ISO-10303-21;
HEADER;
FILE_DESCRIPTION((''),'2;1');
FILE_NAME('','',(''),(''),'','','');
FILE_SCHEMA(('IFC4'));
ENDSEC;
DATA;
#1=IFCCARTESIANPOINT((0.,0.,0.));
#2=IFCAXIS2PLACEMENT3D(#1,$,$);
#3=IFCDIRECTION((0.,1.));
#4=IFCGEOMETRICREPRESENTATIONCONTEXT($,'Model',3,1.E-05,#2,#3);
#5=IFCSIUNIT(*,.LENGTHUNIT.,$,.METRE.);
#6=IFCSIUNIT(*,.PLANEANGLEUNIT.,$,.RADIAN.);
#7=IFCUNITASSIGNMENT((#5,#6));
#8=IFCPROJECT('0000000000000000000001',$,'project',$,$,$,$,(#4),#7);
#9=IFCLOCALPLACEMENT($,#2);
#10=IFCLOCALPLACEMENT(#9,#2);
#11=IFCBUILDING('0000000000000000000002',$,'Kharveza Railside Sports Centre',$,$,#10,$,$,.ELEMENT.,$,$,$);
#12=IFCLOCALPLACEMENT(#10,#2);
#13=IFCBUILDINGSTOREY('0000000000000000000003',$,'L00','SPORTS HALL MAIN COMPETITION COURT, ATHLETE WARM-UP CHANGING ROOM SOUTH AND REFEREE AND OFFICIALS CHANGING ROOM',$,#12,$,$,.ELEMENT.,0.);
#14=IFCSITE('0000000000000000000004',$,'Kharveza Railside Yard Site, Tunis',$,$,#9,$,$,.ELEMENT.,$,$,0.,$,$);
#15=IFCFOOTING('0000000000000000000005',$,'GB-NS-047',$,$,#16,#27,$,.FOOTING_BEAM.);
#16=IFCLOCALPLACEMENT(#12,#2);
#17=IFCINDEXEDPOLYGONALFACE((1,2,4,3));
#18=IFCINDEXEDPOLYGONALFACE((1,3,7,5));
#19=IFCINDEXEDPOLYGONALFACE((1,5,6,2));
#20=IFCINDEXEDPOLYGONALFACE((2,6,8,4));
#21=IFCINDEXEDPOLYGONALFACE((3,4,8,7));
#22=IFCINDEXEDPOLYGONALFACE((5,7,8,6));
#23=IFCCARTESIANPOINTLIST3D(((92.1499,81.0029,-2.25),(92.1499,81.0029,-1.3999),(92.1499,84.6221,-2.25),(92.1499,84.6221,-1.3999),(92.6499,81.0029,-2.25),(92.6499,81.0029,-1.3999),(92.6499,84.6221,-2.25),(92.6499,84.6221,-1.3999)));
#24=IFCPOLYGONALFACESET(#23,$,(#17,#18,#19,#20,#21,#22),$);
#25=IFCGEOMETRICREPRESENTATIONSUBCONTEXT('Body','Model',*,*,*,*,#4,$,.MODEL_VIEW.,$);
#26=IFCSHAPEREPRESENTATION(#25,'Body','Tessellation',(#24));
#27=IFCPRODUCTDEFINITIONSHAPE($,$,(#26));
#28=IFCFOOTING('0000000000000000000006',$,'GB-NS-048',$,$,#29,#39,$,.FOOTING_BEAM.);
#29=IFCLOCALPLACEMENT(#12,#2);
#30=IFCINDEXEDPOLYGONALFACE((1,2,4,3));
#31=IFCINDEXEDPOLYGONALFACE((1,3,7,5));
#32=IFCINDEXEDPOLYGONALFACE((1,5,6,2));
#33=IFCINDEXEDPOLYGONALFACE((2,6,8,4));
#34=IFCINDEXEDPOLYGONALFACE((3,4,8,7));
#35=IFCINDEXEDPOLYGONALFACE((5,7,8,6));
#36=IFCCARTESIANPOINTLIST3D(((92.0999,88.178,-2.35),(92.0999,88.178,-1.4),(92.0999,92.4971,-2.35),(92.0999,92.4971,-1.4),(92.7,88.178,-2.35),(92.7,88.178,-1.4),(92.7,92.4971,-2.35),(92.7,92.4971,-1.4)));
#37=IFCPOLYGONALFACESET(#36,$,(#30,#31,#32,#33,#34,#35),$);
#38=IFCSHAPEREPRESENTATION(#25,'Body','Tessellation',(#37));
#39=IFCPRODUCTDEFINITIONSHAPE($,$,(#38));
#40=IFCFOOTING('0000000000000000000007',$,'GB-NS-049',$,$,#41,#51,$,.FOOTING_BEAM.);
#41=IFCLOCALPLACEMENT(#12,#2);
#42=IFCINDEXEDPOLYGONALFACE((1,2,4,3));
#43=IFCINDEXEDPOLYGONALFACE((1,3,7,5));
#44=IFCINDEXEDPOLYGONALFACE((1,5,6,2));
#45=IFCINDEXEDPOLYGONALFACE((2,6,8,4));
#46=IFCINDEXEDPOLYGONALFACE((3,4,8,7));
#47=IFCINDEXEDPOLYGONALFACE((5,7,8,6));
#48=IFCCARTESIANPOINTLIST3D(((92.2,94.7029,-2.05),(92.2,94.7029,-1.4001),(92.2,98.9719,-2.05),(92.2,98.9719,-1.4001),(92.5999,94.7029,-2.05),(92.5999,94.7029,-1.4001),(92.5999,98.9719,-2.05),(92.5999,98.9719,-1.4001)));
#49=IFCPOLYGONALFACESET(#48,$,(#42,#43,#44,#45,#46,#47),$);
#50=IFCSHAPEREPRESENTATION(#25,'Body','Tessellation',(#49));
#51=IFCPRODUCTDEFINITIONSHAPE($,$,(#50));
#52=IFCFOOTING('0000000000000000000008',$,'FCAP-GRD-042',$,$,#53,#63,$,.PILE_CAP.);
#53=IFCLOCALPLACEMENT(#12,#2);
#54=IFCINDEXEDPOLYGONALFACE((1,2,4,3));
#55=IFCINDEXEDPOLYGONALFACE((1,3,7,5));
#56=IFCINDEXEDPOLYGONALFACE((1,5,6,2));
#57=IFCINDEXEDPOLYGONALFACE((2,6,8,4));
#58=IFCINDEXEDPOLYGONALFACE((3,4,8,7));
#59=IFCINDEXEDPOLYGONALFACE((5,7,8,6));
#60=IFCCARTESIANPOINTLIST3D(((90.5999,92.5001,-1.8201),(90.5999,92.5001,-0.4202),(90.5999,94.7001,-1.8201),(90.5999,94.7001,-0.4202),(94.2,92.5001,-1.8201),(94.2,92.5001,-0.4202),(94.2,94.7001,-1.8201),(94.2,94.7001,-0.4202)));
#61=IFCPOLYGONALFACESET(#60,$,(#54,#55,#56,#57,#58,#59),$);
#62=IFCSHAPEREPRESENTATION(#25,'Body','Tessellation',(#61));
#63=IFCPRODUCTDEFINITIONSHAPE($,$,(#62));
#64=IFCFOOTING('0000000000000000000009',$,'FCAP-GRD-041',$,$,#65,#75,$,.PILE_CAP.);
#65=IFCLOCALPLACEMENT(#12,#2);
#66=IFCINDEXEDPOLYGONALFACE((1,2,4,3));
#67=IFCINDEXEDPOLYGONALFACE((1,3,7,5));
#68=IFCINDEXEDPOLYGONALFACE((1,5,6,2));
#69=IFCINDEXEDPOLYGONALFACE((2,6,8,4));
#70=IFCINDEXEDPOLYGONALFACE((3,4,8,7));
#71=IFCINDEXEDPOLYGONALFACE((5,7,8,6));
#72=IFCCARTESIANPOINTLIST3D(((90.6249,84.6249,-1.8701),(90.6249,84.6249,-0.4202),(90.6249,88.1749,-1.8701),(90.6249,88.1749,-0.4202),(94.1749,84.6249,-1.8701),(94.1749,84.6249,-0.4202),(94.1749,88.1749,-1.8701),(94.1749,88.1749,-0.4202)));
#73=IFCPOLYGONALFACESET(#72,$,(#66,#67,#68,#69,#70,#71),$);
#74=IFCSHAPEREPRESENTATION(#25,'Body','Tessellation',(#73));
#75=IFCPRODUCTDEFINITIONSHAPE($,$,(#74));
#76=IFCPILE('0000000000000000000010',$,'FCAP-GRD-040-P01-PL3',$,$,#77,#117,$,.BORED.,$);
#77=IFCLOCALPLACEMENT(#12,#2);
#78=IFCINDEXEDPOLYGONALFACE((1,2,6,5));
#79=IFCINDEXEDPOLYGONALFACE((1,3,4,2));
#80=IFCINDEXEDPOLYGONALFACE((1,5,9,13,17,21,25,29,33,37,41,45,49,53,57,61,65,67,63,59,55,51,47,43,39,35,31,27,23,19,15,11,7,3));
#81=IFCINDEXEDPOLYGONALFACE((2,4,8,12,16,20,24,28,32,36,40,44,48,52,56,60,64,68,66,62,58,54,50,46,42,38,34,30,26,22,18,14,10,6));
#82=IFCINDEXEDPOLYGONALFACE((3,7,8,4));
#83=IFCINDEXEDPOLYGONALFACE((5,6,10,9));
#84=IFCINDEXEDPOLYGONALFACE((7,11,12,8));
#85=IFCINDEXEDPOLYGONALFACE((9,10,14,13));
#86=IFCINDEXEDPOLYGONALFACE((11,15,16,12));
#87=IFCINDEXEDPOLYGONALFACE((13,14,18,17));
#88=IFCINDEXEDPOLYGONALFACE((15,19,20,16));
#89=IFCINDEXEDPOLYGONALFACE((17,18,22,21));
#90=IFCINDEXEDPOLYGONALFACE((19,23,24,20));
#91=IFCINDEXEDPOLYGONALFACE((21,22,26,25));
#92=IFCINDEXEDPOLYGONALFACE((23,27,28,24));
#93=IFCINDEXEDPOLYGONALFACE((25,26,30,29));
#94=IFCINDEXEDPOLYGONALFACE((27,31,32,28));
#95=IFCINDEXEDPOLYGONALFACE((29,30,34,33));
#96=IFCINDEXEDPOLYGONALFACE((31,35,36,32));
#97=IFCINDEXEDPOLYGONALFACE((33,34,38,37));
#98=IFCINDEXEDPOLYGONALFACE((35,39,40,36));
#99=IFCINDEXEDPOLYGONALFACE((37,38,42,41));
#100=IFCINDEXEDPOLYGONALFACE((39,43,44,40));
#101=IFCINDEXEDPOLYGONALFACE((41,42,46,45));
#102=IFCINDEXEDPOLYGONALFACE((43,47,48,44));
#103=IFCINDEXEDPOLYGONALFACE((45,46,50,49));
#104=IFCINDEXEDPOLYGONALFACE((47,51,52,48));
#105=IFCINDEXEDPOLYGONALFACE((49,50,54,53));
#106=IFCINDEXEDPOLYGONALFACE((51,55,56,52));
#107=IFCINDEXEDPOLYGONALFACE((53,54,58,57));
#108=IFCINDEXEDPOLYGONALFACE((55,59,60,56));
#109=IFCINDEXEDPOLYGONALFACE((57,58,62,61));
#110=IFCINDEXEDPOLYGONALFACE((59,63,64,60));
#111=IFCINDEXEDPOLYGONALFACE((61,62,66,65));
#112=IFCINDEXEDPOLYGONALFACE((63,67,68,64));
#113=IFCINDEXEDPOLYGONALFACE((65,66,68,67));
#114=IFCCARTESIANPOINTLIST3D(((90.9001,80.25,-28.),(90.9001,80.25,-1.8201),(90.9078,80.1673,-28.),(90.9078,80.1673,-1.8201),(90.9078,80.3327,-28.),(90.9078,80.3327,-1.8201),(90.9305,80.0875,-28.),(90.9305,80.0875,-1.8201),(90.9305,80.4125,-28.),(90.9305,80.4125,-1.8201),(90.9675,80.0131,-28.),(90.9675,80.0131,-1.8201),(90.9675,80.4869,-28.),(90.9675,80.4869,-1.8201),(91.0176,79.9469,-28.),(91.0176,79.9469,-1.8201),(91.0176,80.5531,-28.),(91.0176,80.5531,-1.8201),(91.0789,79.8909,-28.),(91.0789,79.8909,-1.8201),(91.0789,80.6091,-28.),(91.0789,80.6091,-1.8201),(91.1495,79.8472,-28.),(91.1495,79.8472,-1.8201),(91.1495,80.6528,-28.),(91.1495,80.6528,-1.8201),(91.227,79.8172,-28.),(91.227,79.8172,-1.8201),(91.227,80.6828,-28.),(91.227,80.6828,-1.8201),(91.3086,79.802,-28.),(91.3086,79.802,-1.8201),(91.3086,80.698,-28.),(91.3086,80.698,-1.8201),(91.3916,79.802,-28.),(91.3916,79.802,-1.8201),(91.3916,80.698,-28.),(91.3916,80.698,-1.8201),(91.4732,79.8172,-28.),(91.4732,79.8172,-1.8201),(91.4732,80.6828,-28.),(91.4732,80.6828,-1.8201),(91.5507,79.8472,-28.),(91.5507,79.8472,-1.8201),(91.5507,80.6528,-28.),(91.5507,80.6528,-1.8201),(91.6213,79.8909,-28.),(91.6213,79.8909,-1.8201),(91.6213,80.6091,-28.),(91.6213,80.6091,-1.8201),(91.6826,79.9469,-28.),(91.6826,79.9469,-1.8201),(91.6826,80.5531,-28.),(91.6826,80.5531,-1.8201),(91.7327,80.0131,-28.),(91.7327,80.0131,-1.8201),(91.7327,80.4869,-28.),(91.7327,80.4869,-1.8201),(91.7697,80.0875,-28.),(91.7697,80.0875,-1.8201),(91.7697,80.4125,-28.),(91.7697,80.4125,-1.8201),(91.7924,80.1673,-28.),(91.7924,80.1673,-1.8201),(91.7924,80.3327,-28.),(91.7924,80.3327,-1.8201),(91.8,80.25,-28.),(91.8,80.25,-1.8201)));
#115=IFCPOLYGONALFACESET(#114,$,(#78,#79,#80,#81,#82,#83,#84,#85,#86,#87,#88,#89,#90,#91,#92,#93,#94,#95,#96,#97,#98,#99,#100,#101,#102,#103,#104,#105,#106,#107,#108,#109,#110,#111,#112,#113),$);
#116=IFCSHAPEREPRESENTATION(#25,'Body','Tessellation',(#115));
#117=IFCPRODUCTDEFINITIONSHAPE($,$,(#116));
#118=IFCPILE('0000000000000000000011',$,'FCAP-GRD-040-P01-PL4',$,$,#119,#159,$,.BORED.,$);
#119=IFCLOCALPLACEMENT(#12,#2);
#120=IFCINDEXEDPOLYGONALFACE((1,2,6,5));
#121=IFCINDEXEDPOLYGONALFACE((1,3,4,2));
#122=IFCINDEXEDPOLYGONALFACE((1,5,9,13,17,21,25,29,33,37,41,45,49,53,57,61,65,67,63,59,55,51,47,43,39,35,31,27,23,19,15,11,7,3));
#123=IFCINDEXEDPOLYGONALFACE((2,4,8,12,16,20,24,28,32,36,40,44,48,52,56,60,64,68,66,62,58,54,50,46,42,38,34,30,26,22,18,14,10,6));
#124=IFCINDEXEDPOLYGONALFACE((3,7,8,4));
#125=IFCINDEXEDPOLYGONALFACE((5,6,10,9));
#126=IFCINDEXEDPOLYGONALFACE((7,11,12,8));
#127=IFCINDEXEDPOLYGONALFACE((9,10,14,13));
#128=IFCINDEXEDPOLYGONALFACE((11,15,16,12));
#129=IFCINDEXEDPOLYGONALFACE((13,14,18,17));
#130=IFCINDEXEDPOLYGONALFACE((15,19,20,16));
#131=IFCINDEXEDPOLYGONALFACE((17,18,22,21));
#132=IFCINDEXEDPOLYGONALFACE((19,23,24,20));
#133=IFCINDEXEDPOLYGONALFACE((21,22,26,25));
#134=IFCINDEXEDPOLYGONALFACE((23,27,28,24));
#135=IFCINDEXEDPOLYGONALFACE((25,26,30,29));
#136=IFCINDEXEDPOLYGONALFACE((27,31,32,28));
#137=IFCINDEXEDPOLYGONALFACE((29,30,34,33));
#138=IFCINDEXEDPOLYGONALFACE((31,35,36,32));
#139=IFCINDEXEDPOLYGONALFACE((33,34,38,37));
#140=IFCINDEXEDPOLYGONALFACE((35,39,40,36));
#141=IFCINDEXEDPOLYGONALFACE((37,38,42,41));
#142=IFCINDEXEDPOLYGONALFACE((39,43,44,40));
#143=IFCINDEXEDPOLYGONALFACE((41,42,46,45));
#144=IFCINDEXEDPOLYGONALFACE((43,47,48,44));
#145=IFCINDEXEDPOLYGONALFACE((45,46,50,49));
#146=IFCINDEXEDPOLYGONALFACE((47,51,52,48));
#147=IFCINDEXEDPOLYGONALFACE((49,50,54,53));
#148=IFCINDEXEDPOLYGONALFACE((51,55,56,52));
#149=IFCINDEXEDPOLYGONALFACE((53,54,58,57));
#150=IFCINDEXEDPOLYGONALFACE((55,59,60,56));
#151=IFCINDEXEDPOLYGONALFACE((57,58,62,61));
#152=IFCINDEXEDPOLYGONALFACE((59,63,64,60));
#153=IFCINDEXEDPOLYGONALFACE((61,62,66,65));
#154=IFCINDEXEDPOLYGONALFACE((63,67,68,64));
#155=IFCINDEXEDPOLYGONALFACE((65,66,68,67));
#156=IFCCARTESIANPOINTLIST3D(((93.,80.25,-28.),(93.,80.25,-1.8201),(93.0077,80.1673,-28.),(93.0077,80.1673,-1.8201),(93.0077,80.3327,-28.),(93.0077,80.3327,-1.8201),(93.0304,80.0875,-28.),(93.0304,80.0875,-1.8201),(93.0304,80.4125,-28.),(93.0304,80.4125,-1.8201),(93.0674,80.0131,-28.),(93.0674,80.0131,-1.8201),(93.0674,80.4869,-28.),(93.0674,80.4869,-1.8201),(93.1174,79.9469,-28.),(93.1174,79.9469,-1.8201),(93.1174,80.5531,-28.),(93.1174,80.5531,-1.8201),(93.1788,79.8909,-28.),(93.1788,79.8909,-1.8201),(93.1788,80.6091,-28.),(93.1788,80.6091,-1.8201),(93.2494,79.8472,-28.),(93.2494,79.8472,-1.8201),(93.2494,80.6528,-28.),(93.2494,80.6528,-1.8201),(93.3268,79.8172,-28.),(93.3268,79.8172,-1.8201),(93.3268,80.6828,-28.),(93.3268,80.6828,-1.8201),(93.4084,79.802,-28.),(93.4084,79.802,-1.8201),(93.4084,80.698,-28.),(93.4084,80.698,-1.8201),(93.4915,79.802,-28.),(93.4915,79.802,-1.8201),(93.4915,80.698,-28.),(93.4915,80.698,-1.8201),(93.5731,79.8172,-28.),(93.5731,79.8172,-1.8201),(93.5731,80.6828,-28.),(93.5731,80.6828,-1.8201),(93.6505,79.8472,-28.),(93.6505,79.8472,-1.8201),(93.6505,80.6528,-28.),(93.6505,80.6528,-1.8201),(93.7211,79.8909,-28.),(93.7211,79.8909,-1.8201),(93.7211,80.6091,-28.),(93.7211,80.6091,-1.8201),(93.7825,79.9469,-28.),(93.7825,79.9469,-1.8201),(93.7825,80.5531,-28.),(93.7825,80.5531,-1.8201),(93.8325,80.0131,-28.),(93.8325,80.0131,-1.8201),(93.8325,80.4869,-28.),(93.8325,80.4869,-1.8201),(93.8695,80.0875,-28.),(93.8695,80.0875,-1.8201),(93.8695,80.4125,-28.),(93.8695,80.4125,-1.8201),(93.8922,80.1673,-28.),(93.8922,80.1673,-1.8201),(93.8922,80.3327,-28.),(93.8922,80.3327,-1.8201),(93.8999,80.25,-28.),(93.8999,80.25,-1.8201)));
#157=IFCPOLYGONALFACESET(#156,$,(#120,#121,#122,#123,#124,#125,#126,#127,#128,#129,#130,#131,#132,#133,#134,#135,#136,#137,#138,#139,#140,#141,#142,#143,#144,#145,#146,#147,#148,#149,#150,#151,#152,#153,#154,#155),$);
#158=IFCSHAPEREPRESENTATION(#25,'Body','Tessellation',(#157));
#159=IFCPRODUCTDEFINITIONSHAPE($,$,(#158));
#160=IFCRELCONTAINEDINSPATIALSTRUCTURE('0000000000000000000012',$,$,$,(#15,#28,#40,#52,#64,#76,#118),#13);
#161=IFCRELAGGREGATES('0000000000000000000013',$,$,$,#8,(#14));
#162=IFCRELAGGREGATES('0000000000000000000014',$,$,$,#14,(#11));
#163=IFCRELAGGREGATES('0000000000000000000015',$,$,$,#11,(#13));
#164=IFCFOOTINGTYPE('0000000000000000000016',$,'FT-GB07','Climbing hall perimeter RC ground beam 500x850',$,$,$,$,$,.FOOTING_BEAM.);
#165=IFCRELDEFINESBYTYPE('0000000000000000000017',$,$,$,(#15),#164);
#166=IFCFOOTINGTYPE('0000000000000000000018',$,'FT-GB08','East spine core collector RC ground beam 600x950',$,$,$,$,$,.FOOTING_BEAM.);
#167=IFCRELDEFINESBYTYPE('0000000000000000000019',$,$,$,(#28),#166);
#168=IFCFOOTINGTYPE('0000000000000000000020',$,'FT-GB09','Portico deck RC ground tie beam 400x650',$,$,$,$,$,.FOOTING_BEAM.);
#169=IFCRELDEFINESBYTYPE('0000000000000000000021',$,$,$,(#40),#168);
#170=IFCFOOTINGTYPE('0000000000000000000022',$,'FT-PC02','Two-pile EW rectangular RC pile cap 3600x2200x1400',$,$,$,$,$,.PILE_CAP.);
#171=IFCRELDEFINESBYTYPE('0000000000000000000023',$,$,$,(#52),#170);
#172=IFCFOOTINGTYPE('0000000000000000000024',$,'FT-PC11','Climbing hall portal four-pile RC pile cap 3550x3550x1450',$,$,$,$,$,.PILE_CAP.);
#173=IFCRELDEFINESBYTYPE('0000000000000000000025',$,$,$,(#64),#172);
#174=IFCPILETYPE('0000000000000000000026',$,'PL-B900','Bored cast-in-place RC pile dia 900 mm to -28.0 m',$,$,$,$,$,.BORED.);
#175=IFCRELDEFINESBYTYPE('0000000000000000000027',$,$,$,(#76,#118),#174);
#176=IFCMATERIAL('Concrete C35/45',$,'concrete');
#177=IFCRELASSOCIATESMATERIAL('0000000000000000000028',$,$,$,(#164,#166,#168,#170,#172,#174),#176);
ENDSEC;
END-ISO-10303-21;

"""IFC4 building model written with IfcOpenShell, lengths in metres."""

from ifc_helpers import new_model, si_unit, direction, frame, origin, origin_2d, place, context, subcontext, project, spatial, rectangle, circle, extrude, material, material_profile, profile_set, type_object, element, save


model = new_model("IFC4")

# Units and contexts
model_context = context("Model", 3, precision=1e-05, world=origin(), true_north=direction((0.0, 1.0)))
body_context = subcontext(model_context, "Body", "Model", "MODEL_VIEW")
ifc_project = project(units=[si_unit("LENGTHUNIT", "METRE"), si_unit("PLANEANGLEUNIT", "RADIAN")], contexts=[model_context])

# Site, building, storey
site_placement = place(None, origin())
site = spatial("IfcSite", under=ifc_project, at=site_placement, Name="Kharveza Railside Yard Site, Tunis", CompositionType="ELEMENT", RefElevation=0.0)
building_placement = place(site_placement, origin())
building = spatial("IfcBuilding", under=site, at=building_placement, Name="Kharveza Railside Sports Centre", CompositionType="ELEMENT")
storey_placement = place(building_placement, origin())
storey = spatial("IfcBuildingStorey", under=building, at=storey_placement, Name="L00", Description="SPORTS HALL MAIN COMPETITION COURT, ATHLETE WARM-UP CHANGING ROOM SOUTH AND REFEREE AND OFFICIALS CHANGING ROOM", CompositionType="ELEMENT", Elevation=0.0)

# Footings
ifc_material_1 = material(Name="Concrete C35/45", Category="concrete")
ifc_material_profile_1 = material_profile(ifc_material_1, rectangle(XDim=0.5, YDim=0.8501, at=origin_2d()), Name="GB 500x850")
ifc_profile_set_1 = profile_set([ifc_material_profile_1], Name="Concrete C35/45")
footing_type_1 = type_object("IfcFootingType", Name="FT-GB07", Description="Climbing hall perimeter RC ground beam 500x850", PredefinedType="FOOTING_BEAM", material=ifc_profile_set_1)
footing_1_placement = place(storey_placement, frame((92.3999, 81.0029, -1.825), z_axis=(0.0, 1.0, 0.0), x_axis=(-1.0, 0.0, 0.0)))
element("IfcFooting", 1, at=footing_1_placement, inside=storey, type_object=footing_type_1, Name="GB-NS-047", PredefinedType="FOOTING_BEAM", context=body_context, shape_type="SweptSolid", body=[
    extrude(rectangle(XDim=0.5, YDim=0.8501, at=origin_2d()), origin(), (0.0, 0.0, 1.0), 3.6191),
])
ifc_material_profile_2 = material_profile(ifc_material_1, rectangle(XDim=0.6001, YDim=0.95, at=origin_2d()), Name="GB 600x950")
ifc_profile_set_2 = profile_set([ifc_material_profile_2], Name="Concrete C35/45")
footing_type_2 = type_object("IfcFootingType", Name="FT-GB08", Description="East spine core collector RC ground beam 600x950", PredefinedType="FOOTING_BEAM", material=ifc_profile_set_2)
footing_2_placement = place(storey_placement, frame((92.3999, 88.178, -1.875), z_axis=(0.0, 1.0, 0.0), x_axis=(-1.0, 0.0, 0.0)))
element("IfcFooting", 2, at=footing_2_placement, inside=storey, type_object=footing_type_2, Name="GB-NS-048", PredefinedType="FOOTING_BEAM", context=body_context, shape_type="SweptSolid", body=[
    extrude(rectangle(XDim=0.6001, YDim=0.95, at=origin_2d()), origin(), (0.0, 0.0, 1.0), 4.3191),
])
ifc_material_profile_3 = material_profile(ifc_material_1, rectangle(XDim=0.3999, YDim=0.6499, at=origin_2d()), Name="GB 400x650")
ifc_profile_set_3 = profile_set([ifc_material_profile_3], Name="Concrete C35/45")
footing_type_3 = type_object("IfcFootingType", Name="FT-GB09", Description="Portico deck RC ground tie beam 400x650", PredefinedType="FOOTING_BEAM", material=ifc_profile_set_3)
footing_3_placement = place(storey_placement, frame((92.3999, 94.7029, -1.7251), z_axis=(0.0, 1.0, 0.0), x_axis=(-1.0, 0.0, 0.0)))
element("IfcFooting", 3, at=footing_3_placement, inside=storey, type_object=footing_type_3, Name="GB-NS-049", PredefinedType="FOOTING_BEAM", context=body_context, shape_type="SweptSolid", body=[
    extrude(rectangle(XDim=0.3999, YDim=0.6499, at=origin_2d()), origin(), (0.0, 0.0, 1.0), 4.269),
])
footing_type_4 = type_object("IfcFootingType", Name="FT-PC02", Description="Two-pile EW rectangular RC pile cap 3600x2200x1400", PredefinedType="PILE_CAP", material=ifc_material_1)
footing_4_placement = place(storey_placement, frame((92.3999, 93.6001, -1.8201), z_axis=(0.0, 0.0, 1.0), x_axis=(1.0, 0.0, 0.0)))
element("IfcFooting", 4, at=footing_4_placement, inside=storey, type_object=footing_type_4, Name="FCAP-GRD-042", PredefinedType="PILE_CAP", context=body_context, shape_type="SweptSolid", body=[
    extrude(rectangle(XDim=3.6001, YDim=2.2, at=origin_2d()), origin(), (0.0, 0.0, 1.0), 1.3999),
])
footing_type_5 = type_object("IfcFootingType", Name="FT-PC11", Description="Climbing hall portal four-pile RC pile cap 3550x3550x1450", PredefinedType="PILE_CAP", material=ifc_material_1)
footing_5_placement = place(storey_placement, frame((92.3999, 86.3999, -1.8701), z_axis=(0.0, 0.0, 1.0), x_axis=(1.0, 0.0, 0.0)))
element("IfcFooting", 5, at=footing_5_placement, inside=storey, type_object=footing_type_5, Name="FCAP-GRD-041", PredefinedType="PILE_CAP", context=body_context, shape_type="SweptSolid", body=[
    extrude(rectangle(XDim=3.55, YDim=3.55, at=origin_2d()), origin(), (0.0, 0.0, 1.0), 1.45),
])

# Piles
ifc_material_profile_4 = material_profile(ifc_material_1, circle(Radius=0.45, at=origin_2d()), Name="PILE D900")
ifc_profile_set_4 = profile_set([ifc_material_profile_4], Name="Concrete C35/45")
pile_type = type_object("IfcPileType", Name="PL-B900", Description="Bored cast-in-place RC pile dia 900 mm to -28.0 m", PredefinedType="BORED", material=ifc_profile_set_4)
for number, where, z_axis, x_axis, name in (
    (6, (91.3501, 80.25, -1.8201), (0.0, 0.0, -1.0), (1.0, 0.0, 0.0), "FCAP-GRD-040-P01-PL3"),
    (7, (93.45, 80.25, -1.8201), (0.0, 0.0, -1.0), (1.0, 0.0, 0.0), "FCAP-GRD-040-P01-PL4"),
):
    element("IfcPile", number, at=place(storey_placement, frame(where, z_axis=z_axis, x_axis=x_axis)), inside=storey, type_object=pile_type, Name=name, PredefinedType="BORED", context=body_context, shape_type="SweptSolid", body=[
        extrude(circle(Radius=0.45, at=origin_2d()), origin(), (0.0, 0.0, 1.0), 26.1799),
    ])

save(model, "model.ifc")
